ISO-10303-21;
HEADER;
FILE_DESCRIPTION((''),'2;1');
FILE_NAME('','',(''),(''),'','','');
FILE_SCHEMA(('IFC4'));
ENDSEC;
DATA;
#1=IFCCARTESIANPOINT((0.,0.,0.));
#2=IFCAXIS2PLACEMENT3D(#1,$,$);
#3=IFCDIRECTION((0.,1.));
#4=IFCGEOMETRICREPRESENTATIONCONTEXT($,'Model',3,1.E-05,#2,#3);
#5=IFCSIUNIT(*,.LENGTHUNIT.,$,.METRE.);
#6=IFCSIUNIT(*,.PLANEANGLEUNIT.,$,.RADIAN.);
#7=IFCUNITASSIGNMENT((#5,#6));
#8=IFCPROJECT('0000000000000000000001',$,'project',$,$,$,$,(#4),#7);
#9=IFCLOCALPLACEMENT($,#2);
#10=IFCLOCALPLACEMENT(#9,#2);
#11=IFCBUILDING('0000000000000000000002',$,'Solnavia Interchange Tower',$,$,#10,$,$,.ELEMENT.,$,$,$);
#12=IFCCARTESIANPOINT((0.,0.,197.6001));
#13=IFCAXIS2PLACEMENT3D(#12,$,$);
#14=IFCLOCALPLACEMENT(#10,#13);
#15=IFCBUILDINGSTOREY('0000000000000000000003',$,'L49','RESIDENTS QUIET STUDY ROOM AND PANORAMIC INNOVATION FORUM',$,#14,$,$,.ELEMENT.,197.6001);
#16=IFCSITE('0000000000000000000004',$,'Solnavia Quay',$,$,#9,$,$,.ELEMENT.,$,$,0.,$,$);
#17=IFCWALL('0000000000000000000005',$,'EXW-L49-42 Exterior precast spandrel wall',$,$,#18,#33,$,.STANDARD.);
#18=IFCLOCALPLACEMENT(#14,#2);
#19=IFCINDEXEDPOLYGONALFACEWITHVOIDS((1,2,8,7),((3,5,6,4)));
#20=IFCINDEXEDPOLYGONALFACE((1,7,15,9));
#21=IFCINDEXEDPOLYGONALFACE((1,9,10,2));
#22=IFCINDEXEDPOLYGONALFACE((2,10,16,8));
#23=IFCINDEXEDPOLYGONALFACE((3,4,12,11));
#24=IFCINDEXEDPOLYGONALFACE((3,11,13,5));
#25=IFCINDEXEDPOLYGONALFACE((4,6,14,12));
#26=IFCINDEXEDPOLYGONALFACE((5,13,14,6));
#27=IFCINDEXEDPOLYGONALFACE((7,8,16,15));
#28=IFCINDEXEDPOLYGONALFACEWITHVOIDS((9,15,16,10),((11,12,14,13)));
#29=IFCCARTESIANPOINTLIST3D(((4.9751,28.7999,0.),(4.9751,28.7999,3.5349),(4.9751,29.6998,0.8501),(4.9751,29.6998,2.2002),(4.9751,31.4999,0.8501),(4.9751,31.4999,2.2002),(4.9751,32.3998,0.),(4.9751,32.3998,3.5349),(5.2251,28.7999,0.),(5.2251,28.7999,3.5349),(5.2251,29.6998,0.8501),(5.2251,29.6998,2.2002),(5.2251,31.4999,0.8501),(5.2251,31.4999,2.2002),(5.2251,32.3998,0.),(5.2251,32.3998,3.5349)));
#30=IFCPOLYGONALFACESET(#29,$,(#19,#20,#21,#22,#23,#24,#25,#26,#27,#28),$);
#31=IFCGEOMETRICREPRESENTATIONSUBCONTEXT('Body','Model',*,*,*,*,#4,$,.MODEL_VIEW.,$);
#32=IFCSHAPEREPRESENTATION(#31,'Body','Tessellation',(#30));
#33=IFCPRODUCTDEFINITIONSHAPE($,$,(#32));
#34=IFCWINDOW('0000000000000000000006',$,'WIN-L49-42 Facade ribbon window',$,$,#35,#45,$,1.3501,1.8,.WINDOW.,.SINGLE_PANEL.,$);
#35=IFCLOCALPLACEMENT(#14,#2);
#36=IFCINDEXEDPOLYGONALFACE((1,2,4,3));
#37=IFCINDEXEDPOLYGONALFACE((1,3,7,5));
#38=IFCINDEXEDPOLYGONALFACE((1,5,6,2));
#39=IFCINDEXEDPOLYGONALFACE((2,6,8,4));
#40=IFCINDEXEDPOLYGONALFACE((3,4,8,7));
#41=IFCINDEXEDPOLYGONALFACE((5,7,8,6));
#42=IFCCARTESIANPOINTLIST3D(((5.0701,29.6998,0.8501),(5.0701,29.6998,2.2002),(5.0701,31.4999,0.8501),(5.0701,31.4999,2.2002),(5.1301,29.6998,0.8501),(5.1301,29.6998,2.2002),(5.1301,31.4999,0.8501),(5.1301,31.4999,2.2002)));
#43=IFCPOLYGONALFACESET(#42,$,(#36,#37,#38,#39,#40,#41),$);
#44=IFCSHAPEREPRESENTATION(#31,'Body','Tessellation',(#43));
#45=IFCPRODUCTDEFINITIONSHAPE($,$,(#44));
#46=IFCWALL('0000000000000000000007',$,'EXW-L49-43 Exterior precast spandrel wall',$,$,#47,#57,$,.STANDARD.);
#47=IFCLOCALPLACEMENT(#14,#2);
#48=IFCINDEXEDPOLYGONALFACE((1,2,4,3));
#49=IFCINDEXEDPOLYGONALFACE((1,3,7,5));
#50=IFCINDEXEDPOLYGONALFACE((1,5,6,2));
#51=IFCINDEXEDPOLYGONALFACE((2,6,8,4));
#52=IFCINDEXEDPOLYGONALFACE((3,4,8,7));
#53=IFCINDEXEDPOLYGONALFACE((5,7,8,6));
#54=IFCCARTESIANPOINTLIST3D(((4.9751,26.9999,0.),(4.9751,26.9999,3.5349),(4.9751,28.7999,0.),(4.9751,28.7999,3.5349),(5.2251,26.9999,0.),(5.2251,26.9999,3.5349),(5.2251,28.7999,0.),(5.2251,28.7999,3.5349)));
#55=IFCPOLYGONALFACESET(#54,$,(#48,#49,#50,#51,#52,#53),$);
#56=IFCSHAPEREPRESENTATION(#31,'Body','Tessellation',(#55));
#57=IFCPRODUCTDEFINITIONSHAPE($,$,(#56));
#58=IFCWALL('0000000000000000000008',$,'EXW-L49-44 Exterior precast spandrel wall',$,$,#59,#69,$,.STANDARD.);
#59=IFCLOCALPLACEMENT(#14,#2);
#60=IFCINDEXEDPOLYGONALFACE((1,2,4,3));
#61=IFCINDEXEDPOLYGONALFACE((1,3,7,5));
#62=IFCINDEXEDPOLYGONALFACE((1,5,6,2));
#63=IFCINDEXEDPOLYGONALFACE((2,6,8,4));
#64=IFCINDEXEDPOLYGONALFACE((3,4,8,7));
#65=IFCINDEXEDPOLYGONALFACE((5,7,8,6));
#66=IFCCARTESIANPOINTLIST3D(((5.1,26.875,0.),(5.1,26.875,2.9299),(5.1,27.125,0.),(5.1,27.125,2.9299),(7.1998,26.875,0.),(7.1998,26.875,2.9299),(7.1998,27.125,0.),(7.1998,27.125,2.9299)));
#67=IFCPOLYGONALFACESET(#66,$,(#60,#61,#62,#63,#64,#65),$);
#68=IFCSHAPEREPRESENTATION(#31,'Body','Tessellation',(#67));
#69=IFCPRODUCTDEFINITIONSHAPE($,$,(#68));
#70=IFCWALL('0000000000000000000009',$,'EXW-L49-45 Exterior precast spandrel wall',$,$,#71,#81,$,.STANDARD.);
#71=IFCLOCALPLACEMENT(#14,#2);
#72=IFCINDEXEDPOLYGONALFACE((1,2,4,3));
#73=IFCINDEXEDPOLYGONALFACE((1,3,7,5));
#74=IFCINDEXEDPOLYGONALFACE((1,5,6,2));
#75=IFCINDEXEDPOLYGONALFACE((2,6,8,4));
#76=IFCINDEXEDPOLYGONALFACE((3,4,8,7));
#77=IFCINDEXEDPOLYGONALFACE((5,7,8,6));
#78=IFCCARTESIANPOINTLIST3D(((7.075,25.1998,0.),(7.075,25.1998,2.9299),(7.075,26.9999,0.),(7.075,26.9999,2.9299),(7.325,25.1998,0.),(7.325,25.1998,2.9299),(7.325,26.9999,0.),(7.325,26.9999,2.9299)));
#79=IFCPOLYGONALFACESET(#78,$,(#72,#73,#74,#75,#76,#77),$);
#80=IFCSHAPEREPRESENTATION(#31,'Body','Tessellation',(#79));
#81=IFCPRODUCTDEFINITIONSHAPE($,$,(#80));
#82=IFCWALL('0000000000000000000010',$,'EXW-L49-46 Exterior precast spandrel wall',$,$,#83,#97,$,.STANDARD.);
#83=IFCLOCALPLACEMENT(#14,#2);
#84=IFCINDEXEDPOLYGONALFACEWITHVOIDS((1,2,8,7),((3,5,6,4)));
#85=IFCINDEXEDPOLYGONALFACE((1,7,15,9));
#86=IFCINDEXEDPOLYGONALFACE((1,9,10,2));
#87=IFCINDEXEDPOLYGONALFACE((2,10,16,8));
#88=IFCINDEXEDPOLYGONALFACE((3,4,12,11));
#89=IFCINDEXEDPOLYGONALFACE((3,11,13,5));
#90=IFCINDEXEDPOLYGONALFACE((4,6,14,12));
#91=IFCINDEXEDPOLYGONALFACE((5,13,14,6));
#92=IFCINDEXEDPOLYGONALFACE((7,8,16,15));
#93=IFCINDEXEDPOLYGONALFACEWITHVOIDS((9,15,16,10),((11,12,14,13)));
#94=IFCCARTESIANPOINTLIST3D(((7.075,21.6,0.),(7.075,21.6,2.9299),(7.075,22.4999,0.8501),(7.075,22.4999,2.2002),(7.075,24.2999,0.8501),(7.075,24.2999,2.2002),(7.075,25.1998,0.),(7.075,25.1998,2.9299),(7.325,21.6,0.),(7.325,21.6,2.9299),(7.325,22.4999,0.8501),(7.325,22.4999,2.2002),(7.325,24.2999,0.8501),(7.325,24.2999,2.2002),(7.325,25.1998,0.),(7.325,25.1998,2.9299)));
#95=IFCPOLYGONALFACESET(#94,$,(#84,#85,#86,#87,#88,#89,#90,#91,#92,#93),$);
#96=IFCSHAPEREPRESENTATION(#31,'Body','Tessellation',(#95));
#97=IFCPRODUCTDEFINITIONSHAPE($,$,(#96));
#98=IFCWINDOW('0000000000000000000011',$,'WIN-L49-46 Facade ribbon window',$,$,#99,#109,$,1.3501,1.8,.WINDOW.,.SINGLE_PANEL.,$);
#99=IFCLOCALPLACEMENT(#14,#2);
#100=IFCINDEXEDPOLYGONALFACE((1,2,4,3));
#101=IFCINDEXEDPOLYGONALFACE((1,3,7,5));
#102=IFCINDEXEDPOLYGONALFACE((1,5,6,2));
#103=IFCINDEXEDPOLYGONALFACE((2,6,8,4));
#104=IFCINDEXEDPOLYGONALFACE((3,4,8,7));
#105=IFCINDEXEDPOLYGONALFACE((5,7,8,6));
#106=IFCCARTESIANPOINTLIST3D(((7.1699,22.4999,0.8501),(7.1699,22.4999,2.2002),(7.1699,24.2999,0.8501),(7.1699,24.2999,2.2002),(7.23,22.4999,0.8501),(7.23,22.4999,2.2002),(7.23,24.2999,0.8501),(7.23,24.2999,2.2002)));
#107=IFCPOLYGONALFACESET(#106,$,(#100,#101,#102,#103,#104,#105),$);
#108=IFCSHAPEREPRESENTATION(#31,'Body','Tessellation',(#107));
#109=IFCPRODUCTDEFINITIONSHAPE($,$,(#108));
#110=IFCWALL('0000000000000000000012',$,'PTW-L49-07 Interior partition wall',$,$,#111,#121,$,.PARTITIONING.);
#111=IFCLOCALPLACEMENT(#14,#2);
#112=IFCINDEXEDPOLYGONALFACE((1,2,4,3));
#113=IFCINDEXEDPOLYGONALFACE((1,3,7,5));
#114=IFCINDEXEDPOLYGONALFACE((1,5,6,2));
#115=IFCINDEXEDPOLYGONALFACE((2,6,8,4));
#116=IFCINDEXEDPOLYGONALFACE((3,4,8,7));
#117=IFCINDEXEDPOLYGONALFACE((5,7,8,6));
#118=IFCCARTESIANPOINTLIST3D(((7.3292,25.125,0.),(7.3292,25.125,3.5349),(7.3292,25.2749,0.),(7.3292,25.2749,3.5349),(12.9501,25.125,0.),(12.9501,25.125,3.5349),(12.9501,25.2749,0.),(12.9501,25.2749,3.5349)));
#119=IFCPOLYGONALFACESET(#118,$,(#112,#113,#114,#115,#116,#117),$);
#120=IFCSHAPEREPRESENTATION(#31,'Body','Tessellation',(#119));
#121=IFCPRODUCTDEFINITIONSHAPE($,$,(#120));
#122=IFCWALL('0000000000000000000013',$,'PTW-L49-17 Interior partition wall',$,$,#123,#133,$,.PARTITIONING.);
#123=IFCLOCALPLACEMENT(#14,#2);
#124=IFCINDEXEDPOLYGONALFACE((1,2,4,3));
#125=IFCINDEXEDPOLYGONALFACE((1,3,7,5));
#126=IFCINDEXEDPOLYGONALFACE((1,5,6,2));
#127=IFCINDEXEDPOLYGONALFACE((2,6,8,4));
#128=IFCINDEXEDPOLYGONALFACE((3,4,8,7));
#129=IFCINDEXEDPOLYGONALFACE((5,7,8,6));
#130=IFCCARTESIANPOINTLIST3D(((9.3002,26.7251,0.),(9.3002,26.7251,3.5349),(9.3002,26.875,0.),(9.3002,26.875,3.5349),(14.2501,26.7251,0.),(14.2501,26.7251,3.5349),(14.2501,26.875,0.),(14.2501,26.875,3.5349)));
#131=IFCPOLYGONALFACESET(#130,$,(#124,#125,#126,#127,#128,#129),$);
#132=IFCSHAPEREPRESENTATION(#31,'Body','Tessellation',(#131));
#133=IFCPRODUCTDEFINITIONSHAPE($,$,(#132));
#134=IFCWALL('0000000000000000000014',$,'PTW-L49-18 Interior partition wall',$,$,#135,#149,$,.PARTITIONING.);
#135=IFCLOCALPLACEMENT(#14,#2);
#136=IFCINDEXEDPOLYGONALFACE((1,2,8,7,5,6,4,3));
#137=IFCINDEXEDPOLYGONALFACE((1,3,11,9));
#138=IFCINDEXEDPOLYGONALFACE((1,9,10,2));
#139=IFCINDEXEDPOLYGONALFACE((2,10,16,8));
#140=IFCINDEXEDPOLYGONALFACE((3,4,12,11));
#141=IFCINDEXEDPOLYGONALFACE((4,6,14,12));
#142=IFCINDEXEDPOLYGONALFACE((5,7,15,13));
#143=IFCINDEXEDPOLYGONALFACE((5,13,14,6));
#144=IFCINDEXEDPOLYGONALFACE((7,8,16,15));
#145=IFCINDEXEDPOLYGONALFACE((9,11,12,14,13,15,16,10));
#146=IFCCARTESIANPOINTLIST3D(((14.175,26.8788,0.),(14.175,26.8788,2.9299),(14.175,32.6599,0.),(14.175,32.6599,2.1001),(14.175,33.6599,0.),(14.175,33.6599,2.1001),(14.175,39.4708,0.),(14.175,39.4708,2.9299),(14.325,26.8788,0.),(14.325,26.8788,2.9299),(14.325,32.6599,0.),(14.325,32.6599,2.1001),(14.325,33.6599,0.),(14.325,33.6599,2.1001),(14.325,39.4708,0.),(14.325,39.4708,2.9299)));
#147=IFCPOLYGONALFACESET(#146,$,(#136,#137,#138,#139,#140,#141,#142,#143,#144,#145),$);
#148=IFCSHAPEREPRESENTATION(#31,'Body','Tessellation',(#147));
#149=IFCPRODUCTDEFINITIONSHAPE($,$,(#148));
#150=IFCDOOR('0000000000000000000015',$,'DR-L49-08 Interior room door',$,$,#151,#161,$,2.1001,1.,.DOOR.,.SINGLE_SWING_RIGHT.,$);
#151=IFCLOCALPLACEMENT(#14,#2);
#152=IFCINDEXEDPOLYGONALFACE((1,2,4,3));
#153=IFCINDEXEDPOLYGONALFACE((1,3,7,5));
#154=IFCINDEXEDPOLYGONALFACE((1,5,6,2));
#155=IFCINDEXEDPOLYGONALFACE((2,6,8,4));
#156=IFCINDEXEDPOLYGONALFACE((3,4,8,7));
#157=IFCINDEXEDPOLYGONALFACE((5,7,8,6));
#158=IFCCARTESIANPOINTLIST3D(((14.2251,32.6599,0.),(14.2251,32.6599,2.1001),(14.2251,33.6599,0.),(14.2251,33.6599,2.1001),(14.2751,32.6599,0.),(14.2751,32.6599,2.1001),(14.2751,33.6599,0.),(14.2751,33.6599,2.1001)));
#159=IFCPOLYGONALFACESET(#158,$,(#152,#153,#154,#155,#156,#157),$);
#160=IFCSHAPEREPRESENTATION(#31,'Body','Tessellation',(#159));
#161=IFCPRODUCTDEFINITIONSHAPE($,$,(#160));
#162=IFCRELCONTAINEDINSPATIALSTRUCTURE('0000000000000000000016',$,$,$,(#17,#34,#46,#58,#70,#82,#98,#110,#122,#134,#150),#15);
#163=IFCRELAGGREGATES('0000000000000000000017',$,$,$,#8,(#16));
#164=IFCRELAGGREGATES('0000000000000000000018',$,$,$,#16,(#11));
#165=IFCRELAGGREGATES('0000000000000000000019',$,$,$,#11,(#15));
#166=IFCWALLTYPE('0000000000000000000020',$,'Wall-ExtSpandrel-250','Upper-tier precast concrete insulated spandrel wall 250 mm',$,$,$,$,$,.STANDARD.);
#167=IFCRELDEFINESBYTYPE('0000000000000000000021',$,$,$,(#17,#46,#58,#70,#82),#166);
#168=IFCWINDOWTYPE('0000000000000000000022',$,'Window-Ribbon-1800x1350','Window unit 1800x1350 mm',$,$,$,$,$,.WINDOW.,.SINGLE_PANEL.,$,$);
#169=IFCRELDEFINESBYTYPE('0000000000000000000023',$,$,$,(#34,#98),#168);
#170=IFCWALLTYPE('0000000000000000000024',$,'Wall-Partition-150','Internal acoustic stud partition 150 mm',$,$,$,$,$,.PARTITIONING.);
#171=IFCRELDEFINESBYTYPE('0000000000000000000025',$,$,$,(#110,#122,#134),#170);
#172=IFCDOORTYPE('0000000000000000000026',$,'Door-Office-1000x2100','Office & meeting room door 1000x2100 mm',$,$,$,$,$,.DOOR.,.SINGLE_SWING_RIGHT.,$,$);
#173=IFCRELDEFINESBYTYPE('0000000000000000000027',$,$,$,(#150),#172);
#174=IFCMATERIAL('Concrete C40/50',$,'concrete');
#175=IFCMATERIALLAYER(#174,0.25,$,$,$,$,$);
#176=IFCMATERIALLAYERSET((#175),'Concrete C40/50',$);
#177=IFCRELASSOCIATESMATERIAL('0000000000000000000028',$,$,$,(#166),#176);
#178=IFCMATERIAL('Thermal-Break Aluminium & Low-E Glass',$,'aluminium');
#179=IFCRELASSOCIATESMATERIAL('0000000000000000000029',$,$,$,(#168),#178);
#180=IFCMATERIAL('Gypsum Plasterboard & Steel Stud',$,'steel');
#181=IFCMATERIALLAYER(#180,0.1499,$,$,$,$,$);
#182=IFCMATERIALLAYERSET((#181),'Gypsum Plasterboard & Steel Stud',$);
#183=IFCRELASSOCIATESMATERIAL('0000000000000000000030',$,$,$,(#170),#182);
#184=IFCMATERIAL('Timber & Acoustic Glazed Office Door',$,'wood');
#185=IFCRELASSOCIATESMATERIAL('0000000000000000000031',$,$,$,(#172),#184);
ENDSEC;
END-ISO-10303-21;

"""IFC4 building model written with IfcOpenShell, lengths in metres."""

from ifc_helpers import new_model, si_unit, direction, frame, frame_2d, origin, place, context, subcontext, project, spatial, rectangle, extrude, material, layer, layer_set, type_object, element, fill, save


model = new_model("IFC4")

# Units and contexts
model_context = context("Model", 3, precision=1e-05, world=origin(), true_north=direction((0.0, 1.0)))
body_context = subcontext(model_context, "Body", "Model", "MODEL_VIEW")
ifc_project = project(units=[si_unit("LENGTHUNIT", "METRE"), si_unit("PLANEANGLEUNIT", "RADIAN")], contexts=[model_context])

# Site, building, storey
site_placement = place(None, origin())
site = spatial("IfcSite", under=ifc_project, at=site_placement, Name="Solnavia Quay", CompositionType="ELEMENT", RefElevation=0.0)
building_placement = place(site_placement, origin())
building = spatial("IfcBuilding", under=site, at=building_placement, Name="Solnavia Interchange Tower", CompositionType="ELEMENT")
storey_placement = place(building_placement, frame((0.0, 0.0, 197.6001)))
storey = spatial("IfcBuildingStorey", under=building, at=storey_placement, Name="L49", Description="RESIDENTS QUIET STUDY ROOM AND PANORAMIC INNOVATION FORUM", CompositionType="ELEMENT", Elevation=197.6001)

# Shared definitions
ifc_material_1 = material(Name="Concrete C40/50", Category="concrete")
ifc_layer_1 = layer(ifc_material_1, 0.25)
ifc_layer_set_1 = layer_set([ifc_layer_1], Name="Concrete C40/50")
wall_type_1 = type_object("IfcWallType", Name="Wall-ExtSpandrel-250", Description="Upper-tier precast concrete insulated spandrel wall 250 mm", PredefinedType="STANDARD", material=ifc_layer_set_1)

# Wall, opening, window
wall_1_placement = place(storey_placement, frame((5.1001, 28.8, 0.0), z_axis=(0.0, 0.0, 1.0), x_axis=(0.0, 1.0, 0.0)))
wall_1 = element("IfcWall", 1, at=wall_1_placement, inside=storey, type_object=wall_type_1, Name="EXW-L49-42 Exterior precast spandrel wall", PredefinedType="STANDARD", context=body_context, shape_type="SweptSolid", body=[
    extrude(rectangle(XDim=3.5999, YDim=0.25, at=frame_2d((1.7998, 0.0))), origin(), (0.0, 0.0, 1.0), 3.5349),
])
opening_1_placement = place(wall_1_placement, frame((0.8999, 0.0, 0.8501)))
opening_1 = element("IfcOpeningElement", 2, at=opening_1_placement, cuts=wall_1, PredefinedType="OPENING", context=body_context, shape_type="SweptSolid", body=[
    extrude(rectangle(XDim=1.8, YDim=1.3501, at=frame_2d((0.8999, 0.675))), frame((0.0, 0.135, 0.0), z_axis=(0.0, -1.0, 0.0), x_axis=(1.0, 0.0, 0.0)), (0.0, 0.0, 1.0), 0.27),
])
ifc_material_2 = material(Name="Thermal-Break Aluminium & Low-E Glass", Category="aluminium")
window_type = type_object("IfcWindowType", Name="Window-Ribbon-1800x1350", Description="Window unit 1800x1350 mm", PartitioningType="SINGLE_PANEL", PredefinedType="WINDOW", material=ifc_material_2)
window_1_placement = place(opening_1_placement, origin())
window_1 = element("IfcWindow", 3, at=window_1_placement, inside=storey, type_object=window_type, Name="WIN-L49-42 Facade ribbon window", OverallHeight=1.3501, OverallWidth=1.8, PartitioningType="SINGLE_PANEL", PredefinedType="WINDOW", context=body_context, shape_type="SweptSolid", body=[
    extrude(rectangle(XDim=1.8, YDim=1.3501, at=frame_2d((0.8999, 0.675))), frame((0.0, 0.03, 0.0), z_axis=(0.0, -1.0, 0.0), x_axis=(1.0, 0.0, 0.0)), (0.0, 0.0, 1.0), 0.0601),
])
fill(opening_1, window_1)

# Walls
wall_2_placement = place(storey_placement, frame((5.1001, 27.0, 0.0), z_axis=(0.0, 0.0, 1.0), x_axis=(0.0, 1.0, 0.0)))
element("IfcWall", 4, at=wall_2_placement, inside=storey, type_object=wall_type_1, Name="EXW-L49-43 Exterior precast spandrel wall", PredefinedType="STANDARD", context=body_context, shape_type="SweptSolid", body=[
    extrude(rectangle(XDim=1.8, YDim=0.25, at=frame_2d((0.8999, 0.0))), origin(), (0.0, 0.0, 1.0), 3.5349),
])
wall_3_placement = place(storey_placement, frame((5.1001, 27.0, 0.0), z_axis=(0.0, 0.0, 1.0), x_axis=(1.0, 0.0, 0.0)))
element("IfcWall", 5, at=wall_3_placement, inside=storey, type_object=wall_type_1, Name="EXW-L49-44 Exterior precast spandrel wall", PredefinedType="STANDARD", context=body_context, shape_type="SweptSolid", body=[
    extrude(rectangle(XDim=2.0999, YDim=0.25, at=frame_2d((1.0498, 0.0))), origin(), (0.0, 0.0, 1.0), 2.9299),
])
wall_4_placement = place(storey_placement, frame((7.2, 25.2, 0.0), z_axis=(0.0, 0.0, 1.0), x_axis=(0.0, 1.0, 0.0)))
element("IfcWall", 6, at=wall_4_placement, inside=storey, type_object=wall_type_1, Name="EXW-L49-45 Exterior precast spandrel wall", PredefinedType="STANDARD", context=body_context, shape_type="SweptSolid", body=[
    extrude(rectangle(XDim=1.8, YDim=0.25, at=frame_2d((0.8999, 0.0))), origin(), (0.0, 0.0, 1.0), 2.9299),
])

# Wall, opening, window
wall_5_placement = place(storey_placement, frame((7.2, 21.6001, 0.0), z_axis=(0.0, 0.0, 1.0), x_axis=(0.0, 1.0, 0.0)))
wall_5 = element("IfcWall", 7, at=wall_5_placement, inside=storey, type_object=wall_type_1, Name="EXW-L49-46 Exterior precast spandrel wall", PredefinedType="STANDARD", context=body_context, shape_type="SweptSolid", body=[
    extrude(rectangle(XDim=3.5999, YDim=0.25, at=frame_2d((1.7998, 0.0))), origin(), (0.0, 0.0, 1.0), 2.9299),
])
opening_2_placement = place(wall_5_placement, frame((0.8999, 0.0, 0.8501)))
opening_2 = element("IfcOpeningElement", 8, at=opening_2_placement, cuts=wall_5, PredefinedType="OPENING", context=body_context, shape_type="SweptSolid", body=[
    extrude(rectangle(XDim=1.8, YDim=1.3501, at=frame_2d((0.8999, 0.675))), frame((0.0, 0.135, 0.0), z_axis=(0.0, -1.0, 0.0), x_axis=(1.0, 0.0, 0.0)), (0.0, 0.0, 1.0), 0.27),
])
window_2_placement = place(opening_2_placement, origin())
window_2 = element("IfcWindow", 9, at=window_2_placement, inside=storey, type_object=window_type, Name="WIN-L49-46 Facade ribbon window", OverallHeight=1.3501, OverallWidth=1.8, PartitioningType="SINGLE_PANEL", PredefinedType="WINDOW", context=body_context, shape_type="SweptSolid", body=[
    extrude(rectangle(XDim=1.8, YDim=1.3501, at=frame_2d((0.8999, 0.675))), frame((0.0, 0.03, 0.0), z_axis=(0.0, -1.0, 0.0), x_axis=(1.0, 0.0, 0.0)), (0.0, 0.0, 1.0), 0.0601),
])
fill(opening_2, window_2)

# Walls
ifc_material_3 = material(Name="Gypsum Plasterboard & Steel Stud", Category="steel")
ifc_layer_2 = layer(ifc_material_3, 0.1499)
ifc_layer_set_2 = layer_set([ifc_layer_2], Name="Gypsum Plasterboard & Steel Stud")
wall_type_2 = type_object("IfcWallType", Name="Wall-Partition-150", Description="Internal acoustic stud partition 150 mm", PredefinedType="PARTITIONING", material=ifc_layer_set_2)
wall_6_placement = place(storey_placement, frame((7.3291, 25.2, 0.0), z_axis=(0.0, 0.0, 1.0), x_axis=(1.0, 0.0, 0.0)))
element("IfcWall", 10, at=wall_6_placement, inside=storey, type_object=wall_type_2, Name="PTW-L49-07 Interior partition wall", PredefinedType="PARTITIONING", context=body_context, shape_type="SweptSolid", body=[
    extrude(rectangle(XDim=5.6208, YDim=0.1499, at=frame_2d((2.8105, 0.0))), origin(), (0.0, 0.0, 1.0), 3.5349),
])
wall_7_placement = place(storey_placement, frame((9.3, 26.8, 0.0), z_axis=(0.0, 0.0, 1.0), x_axis=(1.0, 0.0, 0.0)))
element("IfcWall", 11, at=wall_7_placement, inside=storey, type_object=wall_type_2, Name="PTW-L49-17 Interior partition wall", PredefinedType="PARTITIONING", context=body_context, shape_type="SweptSolid", body=[
    extrude(rectangle(XDim=4.95, YDim=0.1499, at=frame_2d((2.4751, 0.0))), origin(), (0.0, 0.0, 1.0), 3.5349),
])

# Wall, opening, door
wall_8_placement = place(storey_placement, frame((14.25, 26.8789, 0.0), z_axis=(0.0, 0.0, 1.0), x_axis=(0.0, 1.0, 0.0)))
wall_8 = element("IfcWall", 12, at=wall_8_placement, inside=storey, type_object=wall_type_2, Name="PTW-L49-18 Interior partition wall", PredefinedType="PARTITIONING", context=body_context, shape_type="SweptSolid", body=[
    extrude(rectangle(XDim=12.592, YDim=0.1499, at=frame_2d((6.2959, 0.0))), origin(), (0.0, 0.0, 1.0), 2.9299),
])
opening_3_placement = place(wall_8_placement, frame((5.781, 0.0, 0.0)))
opening_3 = element("IfcOpeningElement", 13, at=opening_3_placement, cuts=wall_8, PredefinedType="OPENING", context=body_context, shape_type="SweptSolid", body=[
    extrude(rectangle(XDim=1.0, YDim=2.1001, at=frame_2d((0.5, 1.05))), frame((0.0, 0.085, 0.0), z_axis=(0.0, -1.0, 0.0), x_axis=(1.0, 0.0, 0.0)), (0.0, 0.0, 1.0), 0.1699),
])
ifc_material_4 = material(Name="Timber & Acoustic Glazed Office Door", Category="wood")
door_type = type_object("IfcDoorType", Name="Door-Office-1000x2100", Description="Office & meeting room door 1000x2100 mm", OperationType="SINGLE_SWING_RIGHT", PredefinedType="DOOR", material=ifc_material_4)
door_placement = place(opening_3_placement, origin())
door = element("IfcDoor", 14, at=door_placement, inside=storey, type_object=door_type, Name="DR-L49-08 Interior room door", OperationType="SINGLE_SWING_RIGHT", OverallHeight=2.1001, OverallWidth=1.0, PredefinedType="DOOR", context=body_context, shape_type="SweptSolid", body=[
    extrude(rectangle(XDim=1.0, YDim=2.1001, at=frame_2d((0.5, 1.05))), frame((0.0, 0.0249, 0.0), z_axis=(0.0, -1.0, 0.0), x_axis=(1.0, 0.0, 0.0)), (0.0, 0.0, 1.0), 0.05),
])
fill(opening_3, door)

save(model, "model.ifc")
